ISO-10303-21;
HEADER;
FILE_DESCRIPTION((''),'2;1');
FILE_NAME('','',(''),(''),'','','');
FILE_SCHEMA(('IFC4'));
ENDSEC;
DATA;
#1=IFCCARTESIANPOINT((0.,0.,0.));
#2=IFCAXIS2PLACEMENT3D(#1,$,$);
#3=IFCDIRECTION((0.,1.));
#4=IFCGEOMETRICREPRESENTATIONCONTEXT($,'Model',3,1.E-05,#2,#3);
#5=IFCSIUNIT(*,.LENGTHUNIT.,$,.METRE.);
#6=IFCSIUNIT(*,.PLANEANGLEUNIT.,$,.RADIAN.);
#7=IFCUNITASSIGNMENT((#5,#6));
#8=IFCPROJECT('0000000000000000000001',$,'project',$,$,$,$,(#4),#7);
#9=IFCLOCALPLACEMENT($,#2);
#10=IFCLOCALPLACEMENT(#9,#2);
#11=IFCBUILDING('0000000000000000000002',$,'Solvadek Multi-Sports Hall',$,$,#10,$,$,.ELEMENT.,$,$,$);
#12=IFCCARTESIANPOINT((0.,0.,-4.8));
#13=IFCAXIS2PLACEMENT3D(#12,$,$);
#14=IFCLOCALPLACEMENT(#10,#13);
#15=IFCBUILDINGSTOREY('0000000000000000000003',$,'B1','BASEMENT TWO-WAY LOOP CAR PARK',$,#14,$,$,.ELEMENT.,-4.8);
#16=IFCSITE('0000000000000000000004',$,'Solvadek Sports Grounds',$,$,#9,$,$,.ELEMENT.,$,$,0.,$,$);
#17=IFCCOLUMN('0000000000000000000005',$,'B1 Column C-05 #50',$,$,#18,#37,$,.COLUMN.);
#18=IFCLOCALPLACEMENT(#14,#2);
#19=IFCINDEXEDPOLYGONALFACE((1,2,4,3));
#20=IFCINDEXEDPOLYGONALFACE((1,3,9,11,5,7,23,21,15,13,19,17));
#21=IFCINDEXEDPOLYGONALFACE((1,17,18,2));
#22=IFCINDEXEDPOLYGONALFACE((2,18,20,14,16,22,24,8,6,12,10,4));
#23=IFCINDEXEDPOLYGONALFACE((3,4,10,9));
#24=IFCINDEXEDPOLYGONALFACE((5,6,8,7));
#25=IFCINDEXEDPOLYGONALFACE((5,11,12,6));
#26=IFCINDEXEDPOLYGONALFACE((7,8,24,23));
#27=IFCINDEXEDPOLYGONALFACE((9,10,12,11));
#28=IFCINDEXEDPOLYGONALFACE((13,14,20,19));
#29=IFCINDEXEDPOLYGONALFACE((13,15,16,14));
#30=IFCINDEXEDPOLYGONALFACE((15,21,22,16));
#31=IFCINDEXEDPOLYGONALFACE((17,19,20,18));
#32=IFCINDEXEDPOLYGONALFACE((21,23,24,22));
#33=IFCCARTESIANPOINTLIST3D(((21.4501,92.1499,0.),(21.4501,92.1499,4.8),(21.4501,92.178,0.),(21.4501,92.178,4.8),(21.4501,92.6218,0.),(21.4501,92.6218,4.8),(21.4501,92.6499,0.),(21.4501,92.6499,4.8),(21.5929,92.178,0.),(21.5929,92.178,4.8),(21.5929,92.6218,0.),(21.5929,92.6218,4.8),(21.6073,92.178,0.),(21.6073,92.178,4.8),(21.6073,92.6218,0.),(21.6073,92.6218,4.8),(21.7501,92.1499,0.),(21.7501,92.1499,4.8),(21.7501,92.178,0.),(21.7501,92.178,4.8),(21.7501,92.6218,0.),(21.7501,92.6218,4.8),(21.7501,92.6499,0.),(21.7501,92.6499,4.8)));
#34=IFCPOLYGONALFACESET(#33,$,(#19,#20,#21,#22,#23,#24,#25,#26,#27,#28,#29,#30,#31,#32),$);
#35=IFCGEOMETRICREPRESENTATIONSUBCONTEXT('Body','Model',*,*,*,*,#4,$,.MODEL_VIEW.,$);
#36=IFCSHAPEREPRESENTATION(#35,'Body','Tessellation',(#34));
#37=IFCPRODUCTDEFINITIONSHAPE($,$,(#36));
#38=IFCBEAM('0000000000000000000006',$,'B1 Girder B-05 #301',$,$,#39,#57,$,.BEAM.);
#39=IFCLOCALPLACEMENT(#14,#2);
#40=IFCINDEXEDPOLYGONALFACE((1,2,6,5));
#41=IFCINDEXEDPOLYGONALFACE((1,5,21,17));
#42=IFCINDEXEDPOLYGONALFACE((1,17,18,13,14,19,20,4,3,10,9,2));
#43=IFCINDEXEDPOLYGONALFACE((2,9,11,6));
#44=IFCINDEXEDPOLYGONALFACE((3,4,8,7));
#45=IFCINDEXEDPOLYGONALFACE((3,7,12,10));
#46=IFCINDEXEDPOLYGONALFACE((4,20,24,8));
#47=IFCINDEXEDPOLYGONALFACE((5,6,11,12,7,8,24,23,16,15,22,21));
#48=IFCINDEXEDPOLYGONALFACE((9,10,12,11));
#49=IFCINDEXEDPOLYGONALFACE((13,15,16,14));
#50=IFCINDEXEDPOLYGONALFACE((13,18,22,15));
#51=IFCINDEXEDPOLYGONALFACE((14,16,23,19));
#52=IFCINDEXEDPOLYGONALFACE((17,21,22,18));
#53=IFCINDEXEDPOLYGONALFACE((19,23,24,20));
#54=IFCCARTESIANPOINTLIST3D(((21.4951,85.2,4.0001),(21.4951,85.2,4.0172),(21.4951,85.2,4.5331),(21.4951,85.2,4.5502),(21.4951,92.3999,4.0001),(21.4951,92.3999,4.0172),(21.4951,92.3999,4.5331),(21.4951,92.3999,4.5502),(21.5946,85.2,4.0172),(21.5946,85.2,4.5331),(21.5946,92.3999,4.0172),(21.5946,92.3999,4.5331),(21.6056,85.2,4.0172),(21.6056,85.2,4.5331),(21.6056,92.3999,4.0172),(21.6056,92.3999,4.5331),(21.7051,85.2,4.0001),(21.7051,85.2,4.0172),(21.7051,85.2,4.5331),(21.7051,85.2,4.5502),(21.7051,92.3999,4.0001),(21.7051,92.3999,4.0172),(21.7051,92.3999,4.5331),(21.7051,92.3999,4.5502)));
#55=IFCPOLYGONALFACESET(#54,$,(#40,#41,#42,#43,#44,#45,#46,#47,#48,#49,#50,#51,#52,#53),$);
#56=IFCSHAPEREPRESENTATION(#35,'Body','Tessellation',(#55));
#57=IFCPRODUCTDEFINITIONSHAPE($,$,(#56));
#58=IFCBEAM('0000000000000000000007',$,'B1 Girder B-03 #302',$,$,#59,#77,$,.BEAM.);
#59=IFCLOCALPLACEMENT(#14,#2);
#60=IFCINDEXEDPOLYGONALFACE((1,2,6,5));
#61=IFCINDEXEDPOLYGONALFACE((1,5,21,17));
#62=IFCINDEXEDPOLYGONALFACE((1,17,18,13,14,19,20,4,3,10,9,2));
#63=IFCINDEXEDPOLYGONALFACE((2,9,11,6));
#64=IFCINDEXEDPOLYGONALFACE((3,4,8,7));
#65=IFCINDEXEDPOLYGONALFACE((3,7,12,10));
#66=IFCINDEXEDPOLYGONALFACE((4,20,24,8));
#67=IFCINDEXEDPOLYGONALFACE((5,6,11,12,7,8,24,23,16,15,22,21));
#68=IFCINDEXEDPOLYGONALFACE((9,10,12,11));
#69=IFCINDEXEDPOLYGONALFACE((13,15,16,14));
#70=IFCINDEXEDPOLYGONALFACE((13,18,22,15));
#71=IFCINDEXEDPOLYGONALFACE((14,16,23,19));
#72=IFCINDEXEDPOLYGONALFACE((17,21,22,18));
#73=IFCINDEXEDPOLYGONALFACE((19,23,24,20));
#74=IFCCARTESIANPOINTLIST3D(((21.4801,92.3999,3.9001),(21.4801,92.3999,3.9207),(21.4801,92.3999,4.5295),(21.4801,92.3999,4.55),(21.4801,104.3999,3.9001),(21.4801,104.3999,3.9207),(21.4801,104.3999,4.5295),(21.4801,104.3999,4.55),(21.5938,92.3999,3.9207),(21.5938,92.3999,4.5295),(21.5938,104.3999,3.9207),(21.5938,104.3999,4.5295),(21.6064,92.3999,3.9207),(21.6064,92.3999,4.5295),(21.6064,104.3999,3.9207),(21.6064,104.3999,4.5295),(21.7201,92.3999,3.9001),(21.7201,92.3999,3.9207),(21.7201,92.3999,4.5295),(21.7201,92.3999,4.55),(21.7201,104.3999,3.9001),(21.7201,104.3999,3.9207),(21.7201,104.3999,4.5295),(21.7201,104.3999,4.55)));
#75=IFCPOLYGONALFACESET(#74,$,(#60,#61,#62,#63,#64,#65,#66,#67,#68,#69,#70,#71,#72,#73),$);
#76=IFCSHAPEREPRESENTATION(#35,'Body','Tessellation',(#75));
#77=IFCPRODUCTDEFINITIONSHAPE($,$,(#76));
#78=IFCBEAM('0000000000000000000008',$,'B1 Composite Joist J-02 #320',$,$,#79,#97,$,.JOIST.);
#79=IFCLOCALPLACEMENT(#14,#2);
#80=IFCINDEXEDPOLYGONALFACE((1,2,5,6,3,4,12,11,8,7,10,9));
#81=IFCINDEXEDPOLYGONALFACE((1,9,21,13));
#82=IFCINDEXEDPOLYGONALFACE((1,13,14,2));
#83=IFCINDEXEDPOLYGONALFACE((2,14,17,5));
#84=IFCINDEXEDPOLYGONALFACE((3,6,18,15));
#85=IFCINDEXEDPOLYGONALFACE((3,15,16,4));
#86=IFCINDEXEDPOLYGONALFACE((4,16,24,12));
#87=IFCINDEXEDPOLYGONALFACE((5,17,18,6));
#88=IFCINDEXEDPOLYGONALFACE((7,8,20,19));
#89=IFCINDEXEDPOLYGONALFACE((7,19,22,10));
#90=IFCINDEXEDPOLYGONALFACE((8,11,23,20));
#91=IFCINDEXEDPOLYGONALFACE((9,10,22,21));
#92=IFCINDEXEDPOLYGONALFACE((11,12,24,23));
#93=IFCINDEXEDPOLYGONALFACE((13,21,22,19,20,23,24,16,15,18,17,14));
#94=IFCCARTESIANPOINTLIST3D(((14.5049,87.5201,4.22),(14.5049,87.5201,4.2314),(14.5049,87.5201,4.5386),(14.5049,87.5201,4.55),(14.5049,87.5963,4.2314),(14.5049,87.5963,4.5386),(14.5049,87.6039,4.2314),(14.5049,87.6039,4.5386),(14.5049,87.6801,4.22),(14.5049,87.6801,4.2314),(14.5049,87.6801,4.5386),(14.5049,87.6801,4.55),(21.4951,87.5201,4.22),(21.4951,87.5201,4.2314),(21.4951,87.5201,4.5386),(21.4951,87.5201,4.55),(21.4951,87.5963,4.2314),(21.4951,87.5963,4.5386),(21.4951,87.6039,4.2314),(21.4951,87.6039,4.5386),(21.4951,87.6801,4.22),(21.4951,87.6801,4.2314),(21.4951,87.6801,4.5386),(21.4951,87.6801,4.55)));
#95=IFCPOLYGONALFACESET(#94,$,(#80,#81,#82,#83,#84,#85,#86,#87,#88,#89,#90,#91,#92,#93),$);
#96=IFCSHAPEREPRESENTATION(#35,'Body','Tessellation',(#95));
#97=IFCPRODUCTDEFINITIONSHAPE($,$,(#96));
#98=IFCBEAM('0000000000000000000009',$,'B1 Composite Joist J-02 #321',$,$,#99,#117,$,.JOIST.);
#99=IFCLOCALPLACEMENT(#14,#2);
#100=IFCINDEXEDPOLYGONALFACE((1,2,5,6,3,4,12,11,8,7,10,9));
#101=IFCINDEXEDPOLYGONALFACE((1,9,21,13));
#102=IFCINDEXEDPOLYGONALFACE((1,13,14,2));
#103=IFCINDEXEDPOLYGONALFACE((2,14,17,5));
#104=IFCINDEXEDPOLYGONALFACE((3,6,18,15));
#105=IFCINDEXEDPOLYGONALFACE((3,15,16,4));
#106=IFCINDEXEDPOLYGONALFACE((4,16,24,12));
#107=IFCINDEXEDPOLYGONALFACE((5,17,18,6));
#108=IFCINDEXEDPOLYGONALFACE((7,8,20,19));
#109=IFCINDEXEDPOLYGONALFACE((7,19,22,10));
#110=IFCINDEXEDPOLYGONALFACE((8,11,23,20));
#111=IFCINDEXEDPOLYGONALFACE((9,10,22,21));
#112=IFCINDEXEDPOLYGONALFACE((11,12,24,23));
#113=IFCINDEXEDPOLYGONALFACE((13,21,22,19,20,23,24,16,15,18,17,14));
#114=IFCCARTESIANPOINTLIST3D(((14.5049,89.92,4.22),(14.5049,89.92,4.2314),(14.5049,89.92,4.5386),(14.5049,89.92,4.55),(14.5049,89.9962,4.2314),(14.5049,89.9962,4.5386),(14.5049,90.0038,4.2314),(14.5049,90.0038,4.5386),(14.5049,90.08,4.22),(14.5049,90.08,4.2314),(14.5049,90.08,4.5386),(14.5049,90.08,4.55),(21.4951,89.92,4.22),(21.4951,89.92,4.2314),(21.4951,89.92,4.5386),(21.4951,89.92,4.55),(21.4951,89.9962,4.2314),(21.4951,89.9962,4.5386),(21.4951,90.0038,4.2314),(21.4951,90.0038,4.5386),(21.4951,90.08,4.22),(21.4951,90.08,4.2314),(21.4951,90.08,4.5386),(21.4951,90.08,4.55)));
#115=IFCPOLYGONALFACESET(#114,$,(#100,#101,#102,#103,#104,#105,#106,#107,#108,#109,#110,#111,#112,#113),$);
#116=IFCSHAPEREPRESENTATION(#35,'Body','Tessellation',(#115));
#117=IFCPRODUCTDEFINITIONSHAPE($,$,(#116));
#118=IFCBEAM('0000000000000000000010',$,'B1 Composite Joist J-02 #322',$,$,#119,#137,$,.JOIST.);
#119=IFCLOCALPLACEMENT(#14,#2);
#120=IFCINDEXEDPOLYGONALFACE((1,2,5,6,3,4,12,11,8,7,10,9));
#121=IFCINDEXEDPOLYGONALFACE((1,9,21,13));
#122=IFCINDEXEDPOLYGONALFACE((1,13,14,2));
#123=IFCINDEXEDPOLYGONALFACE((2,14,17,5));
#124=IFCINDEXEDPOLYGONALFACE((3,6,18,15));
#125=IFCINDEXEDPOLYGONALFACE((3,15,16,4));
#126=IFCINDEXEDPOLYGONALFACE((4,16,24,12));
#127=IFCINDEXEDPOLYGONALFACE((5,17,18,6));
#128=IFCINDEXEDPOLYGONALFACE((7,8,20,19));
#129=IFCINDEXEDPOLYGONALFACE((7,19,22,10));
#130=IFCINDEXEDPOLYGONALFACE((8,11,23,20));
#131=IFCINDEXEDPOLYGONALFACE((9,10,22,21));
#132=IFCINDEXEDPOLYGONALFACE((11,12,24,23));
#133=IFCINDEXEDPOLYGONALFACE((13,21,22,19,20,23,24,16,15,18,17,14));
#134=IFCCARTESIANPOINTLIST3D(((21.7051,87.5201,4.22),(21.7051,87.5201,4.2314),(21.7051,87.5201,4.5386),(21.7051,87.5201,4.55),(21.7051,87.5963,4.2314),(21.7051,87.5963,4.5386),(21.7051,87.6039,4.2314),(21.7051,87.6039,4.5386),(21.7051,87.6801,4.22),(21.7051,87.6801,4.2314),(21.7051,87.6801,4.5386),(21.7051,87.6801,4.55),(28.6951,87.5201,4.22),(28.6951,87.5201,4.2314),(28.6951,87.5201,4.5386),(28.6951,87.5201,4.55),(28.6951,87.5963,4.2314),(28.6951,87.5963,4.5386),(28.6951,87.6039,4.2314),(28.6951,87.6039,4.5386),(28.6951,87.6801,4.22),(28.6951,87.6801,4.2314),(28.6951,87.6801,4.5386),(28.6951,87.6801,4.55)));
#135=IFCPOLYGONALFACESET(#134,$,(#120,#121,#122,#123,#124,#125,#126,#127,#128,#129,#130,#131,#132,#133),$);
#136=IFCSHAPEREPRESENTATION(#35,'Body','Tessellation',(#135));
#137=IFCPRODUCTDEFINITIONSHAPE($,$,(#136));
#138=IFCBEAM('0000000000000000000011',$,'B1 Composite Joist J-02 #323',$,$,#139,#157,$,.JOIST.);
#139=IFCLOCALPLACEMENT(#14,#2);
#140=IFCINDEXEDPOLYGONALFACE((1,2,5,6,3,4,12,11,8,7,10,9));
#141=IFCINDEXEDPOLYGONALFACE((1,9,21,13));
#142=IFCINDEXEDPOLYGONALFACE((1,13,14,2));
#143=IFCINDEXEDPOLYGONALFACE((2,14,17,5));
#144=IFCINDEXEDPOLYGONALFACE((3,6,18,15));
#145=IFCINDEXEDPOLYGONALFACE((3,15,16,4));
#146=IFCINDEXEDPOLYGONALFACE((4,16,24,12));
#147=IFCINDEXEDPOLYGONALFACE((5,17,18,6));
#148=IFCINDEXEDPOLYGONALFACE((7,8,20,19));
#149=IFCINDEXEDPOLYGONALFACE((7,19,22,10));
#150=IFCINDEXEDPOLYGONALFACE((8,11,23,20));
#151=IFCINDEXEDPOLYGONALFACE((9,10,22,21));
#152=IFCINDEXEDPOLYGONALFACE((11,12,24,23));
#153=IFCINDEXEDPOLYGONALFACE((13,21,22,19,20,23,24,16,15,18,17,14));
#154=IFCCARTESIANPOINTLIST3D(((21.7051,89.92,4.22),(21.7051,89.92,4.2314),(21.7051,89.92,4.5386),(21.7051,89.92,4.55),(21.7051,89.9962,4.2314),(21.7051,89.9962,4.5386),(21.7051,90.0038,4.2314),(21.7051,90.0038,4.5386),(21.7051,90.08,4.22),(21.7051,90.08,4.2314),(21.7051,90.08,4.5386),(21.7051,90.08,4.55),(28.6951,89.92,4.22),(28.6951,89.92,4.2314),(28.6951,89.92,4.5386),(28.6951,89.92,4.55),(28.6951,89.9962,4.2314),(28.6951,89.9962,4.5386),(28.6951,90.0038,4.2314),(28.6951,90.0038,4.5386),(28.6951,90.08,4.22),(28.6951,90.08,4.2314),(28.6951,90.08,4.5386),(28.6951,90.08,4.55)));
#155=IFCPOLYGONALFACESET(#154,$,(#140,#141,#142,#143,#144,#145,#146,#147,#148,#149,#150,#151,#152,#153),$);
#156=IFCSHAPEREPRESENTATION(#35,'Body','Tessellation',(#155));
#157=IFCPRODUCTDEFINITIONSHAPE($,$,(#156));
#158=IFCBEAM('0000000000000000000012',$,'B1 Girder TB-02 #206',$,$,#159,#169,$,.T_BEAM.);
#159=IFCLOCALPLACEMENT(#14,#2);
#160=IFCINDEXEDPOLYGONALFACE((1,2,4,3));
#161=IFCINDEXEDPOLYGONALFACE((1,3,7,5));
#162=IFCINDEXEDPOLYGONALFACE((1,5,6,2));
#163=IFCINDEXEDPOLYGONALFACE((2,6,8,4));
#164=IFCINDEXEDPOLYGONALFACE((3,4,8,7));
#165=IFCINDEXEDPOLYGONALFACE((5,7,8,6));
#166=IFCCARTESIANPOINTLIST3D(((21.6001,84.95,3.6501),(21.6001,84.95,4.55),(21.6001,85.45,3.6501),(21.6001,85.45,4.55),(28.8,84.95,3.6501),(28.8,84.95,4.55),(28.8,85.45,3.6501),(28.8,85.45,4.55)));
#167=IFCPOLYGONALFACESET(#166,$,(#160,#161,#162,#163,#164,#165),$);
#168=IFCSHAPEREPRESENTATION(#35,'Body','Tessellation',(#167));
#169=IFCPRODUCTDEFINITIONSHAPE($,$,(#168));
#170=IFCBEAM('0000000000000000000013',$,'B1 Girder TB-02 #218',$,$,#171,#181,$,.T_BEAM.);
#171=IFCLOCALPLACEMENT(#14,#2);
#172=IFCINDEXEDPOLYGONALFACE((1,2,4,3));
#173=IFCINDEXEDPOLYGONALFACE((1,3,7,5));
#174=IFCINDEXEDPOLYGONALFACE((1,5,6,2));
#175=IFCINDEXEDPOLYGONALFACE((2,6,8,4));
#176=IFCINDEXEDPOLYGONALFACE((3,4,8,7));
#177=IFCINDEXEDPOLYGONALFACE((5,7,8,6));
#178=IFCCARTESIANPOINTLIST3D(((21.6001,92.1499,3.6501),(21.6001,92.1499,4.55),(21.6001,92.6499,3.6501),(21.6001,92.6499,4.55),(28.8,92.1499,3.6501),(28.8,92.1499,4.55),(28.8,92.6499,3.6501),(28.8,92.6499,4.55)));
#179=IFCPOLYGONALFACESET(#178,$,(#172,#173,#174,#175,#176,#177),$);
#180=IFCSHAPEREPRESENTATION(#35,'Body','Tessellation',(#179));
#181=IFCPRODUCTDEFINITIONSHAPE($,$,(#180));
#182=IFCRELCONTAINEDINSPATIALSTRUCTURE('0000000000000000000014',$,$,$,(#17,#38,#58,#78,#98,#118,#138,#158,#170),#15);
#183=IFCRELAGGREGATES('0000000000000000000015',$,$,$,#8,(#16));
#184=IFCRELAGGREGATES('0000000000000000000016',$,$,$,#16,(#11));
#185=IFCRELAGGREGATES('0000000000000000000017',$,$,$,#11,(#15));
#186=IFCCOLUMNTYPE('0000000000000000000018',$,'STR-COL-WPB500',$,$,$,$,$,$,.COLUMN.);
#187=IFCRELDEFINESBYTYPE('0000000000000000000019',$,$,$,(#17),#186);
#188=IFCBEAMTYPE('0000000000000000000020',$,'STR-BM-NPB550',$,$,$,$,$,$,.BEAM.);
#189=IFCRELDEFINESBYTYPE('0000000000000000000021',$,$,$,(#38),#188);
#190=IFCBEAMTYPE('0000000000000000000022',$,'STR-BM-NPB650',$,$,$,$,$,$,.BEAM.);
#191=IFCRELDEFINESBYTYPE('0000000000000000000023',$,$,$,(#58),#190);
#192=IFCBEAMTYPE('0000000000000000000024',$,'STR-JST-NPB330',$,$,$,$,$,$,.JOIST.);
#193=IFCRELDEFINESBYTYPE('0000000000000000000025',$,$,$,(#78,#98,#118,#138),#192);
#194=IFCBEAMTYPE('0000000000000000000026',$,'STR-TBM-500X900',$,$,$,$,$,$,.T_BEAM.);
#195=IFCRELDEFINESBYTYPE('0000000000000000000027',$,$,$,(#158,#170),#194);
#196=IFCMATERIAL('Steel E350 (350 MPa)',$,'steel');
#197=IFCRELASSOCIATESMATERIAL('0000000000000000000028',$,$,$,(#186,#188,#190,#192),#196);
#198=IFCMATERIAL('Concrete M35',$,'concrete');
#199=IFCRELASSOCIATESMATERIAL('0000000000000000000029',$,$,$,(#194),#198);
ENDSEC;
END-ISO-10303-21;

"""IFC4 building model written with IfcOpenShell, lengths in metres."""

from ifc_helpers import new_model, si_unit, direction, frame, origin, origin_2d, place, context, subcontext, project, spatial, rectangle, i_section, extrude, material, material_profile, profile_set, type_object, element, save


model = new_model("IFC4")

# Units and contexts
model_context = context("Model", 3, precision=1e-05, world=origin(), true_north=direction((0.0, 1.0)))
body_context = subcontext(model_context, "Body", "Model", "MODEL_VIEW")
ifc_project = project(units=[si_unit("LENGTHUNIT", "METRE"), si_unit("PLANEANGLEUNIT", "RADIAN")], contexts=[model_context])

# Site, building, storey
site_placement = place(None, origin())
site = spatial("IfcSite", under=ifc_project, at=site_placement, Name="Solvadek Sports Grounds", CompositionType="ELEMENT", RefElevation=0.0)
building_placement = place(site_placement, origin())
building = spatial("IfcBuilding", under=site, at=building_placement, Name="Solvadek Multi-Sports Hall", CompositionType="ELEMENT")
storey_placement = place(building_placement, frame((0.0, 0.0, -4.8)))
storey = spatial("IfcBuildingStorey", under=building, at=storey_placement, Name="B1", Description="BASEMENT TWO-WAY LOOP CAR PARK", CompositionType="ELEMENT", Elevation=-4.8)

# Shared definitions
ifc_material_1 = material(Name="Concrete M35", Category="concrete")

# Column
ifc_material_2 = material(Name="Steel E350 (350 MPa)", Category="steel")
ifc_material_profile_1 = material_profile(ifc_material_2, i_section(OverallWidth=0.3, OverallDepth=0.5, WebThickness=0.0144, FlangeThickness=0.0281, at=origin_2d()), Name="WPB 500")
ifc_profile_set_1 = profile_set([ifc_material_profile_1], Name="Steel E350 (350 MPa)")
column_type = type_object("IfcColumnType", Name="STR-COL-WPB500", PredefinedType="COLUMN", material=ifc_profile_set_1)
for number, where, z_axis, x_axis, name in (
    (1, (21.6001, 92.3999, 0.0), (0.0, 0.0, 1.0), (1.0, 0.0, 0.0), "B1 Column C-05 #50"),
):
    element("IfcColumn", number, at=place(storey_placement, frame(where, z_axis=z_axis, x_axis=x_axis)), inside=storey, type_object=column_type, Name=name, PredefinedType="COLUMN", context=body_context, shape_type="SweptSolid", body=[
        extrude(i_section(OverallWidth=0.3, OverallDepth=0.5, WebThickness=0.0144, FlangeThickness=0.0281, at=origin_2d()), origin(), (0.0, 0.0, 1.0), 4.8),
    ])

# Beams
ifc_material_profile_2 = material_profile(ifc_material_2, i_section(OverallWidth=0.21, OverallDepth=0.55, WebThickness=0.011, FlangeThickness=0.0171, at=origin_2d()), Name="NPB 550")
ifc_profile_set_2 = profile_set([ifc_material_profile_2], Name="Steel E350 (350 MPa)")
beam_type_1 = type_object("IfcBeamType", Name="STR-BM-NPB550", PredefinedType="BEAM", material=ifc_profile_set_2)
beam_1_placement = place(storey_placement, frame((21.6001, 85.2, 4.2751), z_axis=(0.0, 1.0, 0.0), x_axis=(-1.0, 0.0, 0.0)))
element("IfcBeam", 2, at=beam_1_placement, inside=storey, type_object=beam_type_1, Name="B1 Girder B-05 #301", PredefinedType="BEAM", context=body_context, shape_type="SweptSolid", body=[
    extrude(i_section(OverallWidth=0.21, OverallDepth=0.55, WebThickness=0.011, FlangeThickness=0.0171, at=origin_2d()), origin(), (0.0, 0.0, 1.0), 7.2),
])
ifc_material_profile_3 = material_profile(ifc_material_2, i_section(OverallWidth=0.24, OverallDepth=0.6499, WebThickness=0.0127, FlangeThickness=0.0205, at=origin_2d()), Name="NPB 650")
ifc_profile_set_3 = profile_set([ifc_material_profile_3], Name="Steel E350 (350 MPa)")
beam_type_2 = type_object("IfcBeamType", Name="STR-BM-NPB650", PredefinedType="BEAM", material=ifc_profile_set_3)
beam_2_placement = place(storey_placement, frame((21.6001, 92.3999, 4.2251), z_axis=(0.0, 1.0, 0.0), x_axis=(-1.0, 0.0, 0.0)))
element("IfcBeam", 3, at=beam_2_placement, inside=storey, type_object=beam_type_2, Name="B1 Girder B-03 #302", PredefinedType="BEAM", context=body_context, shape_type="SweptSolid", body=[
    extrude(i_section(OverallWidth=0.24, OverallDepth=0.6499, WebThickness=0.0127, FlangeThickness=0.0205, at=origin_2d()), origin(), (0.0, 0.0, 1.0), 12.0),
])
ifc_material_profile_4 = material_profile(ifc_material_2, i_section(OverallWidth=0.1599, OverallDepth=0.3301, WebThickness=0.0076, FlangeThickness=0.0115, at=origin_2d()), Name="NPB 330")
ifc_profile_set_4 = profile_set([ifc_material_profile_4], Name="Steel E350 (350 MPa)")
beam_type_3 = type_object("IfcBeamType", Name="STR-JST-NPB330", PredefinedType="JOIST", material=ifc_profile_set_4)
for number, where, z_axis, x_axis, name in (
    (4, (14.5049, 87.6001, 4.385), (1.0, 0.0, 0.0), (0.0, 1.0, 0.0), "B1 Composite Joist J-02 #320"),
    (5, (14.5049, 90.0, 4.385), (1.0, 0.0, 0.0), (0.0, 1.0, 0.0), "B1 Composite Joist J-02 #321"),
):
    element("IfcBeam", number, at=place(storey_placement, frame(where, z_axis=z_axis, x_axis=x_axis)), inside=storey, type_object=beam_type_3, Name=name, PredefinedType="JOIST", context=body_context, shape_type="SweptSolid", body=[
        extrude(i_section(OverallWidth=0.1599, OverallDepth=0.3301, WebThickness=0.0076, FlangeThickness=0.0115, at=origin_2d()), origin(), (0.0, 0.0, 1.0), 6.9902),
    ])
for number, where, z_axis, x_axis, name in (
    (6, (21.7051, 87.6001, 4.385), (1.0, 0.0, 0.0), (0.0, 1.0, 0.0), "B1 Composite Joist J-02 #322"),
    (7, (21.7051, 90.0, 4.385), (1.0, 0.0, 0.0), (0.0, 1.0, 0.0), "B1 Composite Joist J-02 #323"),
):
    element("IfcBeam", number, at=place(storey_placement, frame(where, z_axis=z_axis, x_axis=x_axis)), inside=storey, type_object=beam_type_3, Name=name, PredefinedType="JOIST", context=body_context, shape_type="SweptSolid", body=[
        extrude(i_section(OverallWidth=0.1599, OverallDepth=0.3301, WebThickness=0.0076, FlangeThickness=0.0115, at=origin_2d()), origin(), (0.0, 0.0, 1.0), 6.99),
    ])
ifc_material_profile_5 = material_profile(ifc_material_1, rectangle(XDim=0.5, YDim=0.8999, at=origin_2d()), Name="RC T-BEAM 500x900")
ifc_profile_set_5 = profile_set([ifc_material_profile_5], Name="Concrete M35")
beam_type_4 = type_object("IfcBeamType", Name="STR-TBM-500X900", PredefinedType="T_BEAM", material=ifc_profile_set_5)
for number, where, z_axis, x_axis, name in (
    (8, (21.6001, 85.2, 4.1001), (1.0, 0.0, 0.0), (0.0, 1.0, 0.0), "B1 Girder TB-02 #206"),
    (9, (21.6001, 92.3999, 4.1001), (1.0, 0.0, 0.0), (0.0, 1.0, 0.0), "B1 Girder TB-02 #218"),
):
    element("IfcBeam", number, at=place(storey_placement, frame(where, z_axis=z_axis, x_axis=x_axis)), inside=storey, type_object=beam_type_4, Name=name, PredefinedType="T_BEAM", context=body_context, shape_type="SweptSolid", body=[
        extrude(rectangle(XDim=0.5, YDim=0.8999, at=origin_2d()), origin(), (0.0, 0.0, 1.0), 7.2),
    ])

save(model, "model.ifc")
